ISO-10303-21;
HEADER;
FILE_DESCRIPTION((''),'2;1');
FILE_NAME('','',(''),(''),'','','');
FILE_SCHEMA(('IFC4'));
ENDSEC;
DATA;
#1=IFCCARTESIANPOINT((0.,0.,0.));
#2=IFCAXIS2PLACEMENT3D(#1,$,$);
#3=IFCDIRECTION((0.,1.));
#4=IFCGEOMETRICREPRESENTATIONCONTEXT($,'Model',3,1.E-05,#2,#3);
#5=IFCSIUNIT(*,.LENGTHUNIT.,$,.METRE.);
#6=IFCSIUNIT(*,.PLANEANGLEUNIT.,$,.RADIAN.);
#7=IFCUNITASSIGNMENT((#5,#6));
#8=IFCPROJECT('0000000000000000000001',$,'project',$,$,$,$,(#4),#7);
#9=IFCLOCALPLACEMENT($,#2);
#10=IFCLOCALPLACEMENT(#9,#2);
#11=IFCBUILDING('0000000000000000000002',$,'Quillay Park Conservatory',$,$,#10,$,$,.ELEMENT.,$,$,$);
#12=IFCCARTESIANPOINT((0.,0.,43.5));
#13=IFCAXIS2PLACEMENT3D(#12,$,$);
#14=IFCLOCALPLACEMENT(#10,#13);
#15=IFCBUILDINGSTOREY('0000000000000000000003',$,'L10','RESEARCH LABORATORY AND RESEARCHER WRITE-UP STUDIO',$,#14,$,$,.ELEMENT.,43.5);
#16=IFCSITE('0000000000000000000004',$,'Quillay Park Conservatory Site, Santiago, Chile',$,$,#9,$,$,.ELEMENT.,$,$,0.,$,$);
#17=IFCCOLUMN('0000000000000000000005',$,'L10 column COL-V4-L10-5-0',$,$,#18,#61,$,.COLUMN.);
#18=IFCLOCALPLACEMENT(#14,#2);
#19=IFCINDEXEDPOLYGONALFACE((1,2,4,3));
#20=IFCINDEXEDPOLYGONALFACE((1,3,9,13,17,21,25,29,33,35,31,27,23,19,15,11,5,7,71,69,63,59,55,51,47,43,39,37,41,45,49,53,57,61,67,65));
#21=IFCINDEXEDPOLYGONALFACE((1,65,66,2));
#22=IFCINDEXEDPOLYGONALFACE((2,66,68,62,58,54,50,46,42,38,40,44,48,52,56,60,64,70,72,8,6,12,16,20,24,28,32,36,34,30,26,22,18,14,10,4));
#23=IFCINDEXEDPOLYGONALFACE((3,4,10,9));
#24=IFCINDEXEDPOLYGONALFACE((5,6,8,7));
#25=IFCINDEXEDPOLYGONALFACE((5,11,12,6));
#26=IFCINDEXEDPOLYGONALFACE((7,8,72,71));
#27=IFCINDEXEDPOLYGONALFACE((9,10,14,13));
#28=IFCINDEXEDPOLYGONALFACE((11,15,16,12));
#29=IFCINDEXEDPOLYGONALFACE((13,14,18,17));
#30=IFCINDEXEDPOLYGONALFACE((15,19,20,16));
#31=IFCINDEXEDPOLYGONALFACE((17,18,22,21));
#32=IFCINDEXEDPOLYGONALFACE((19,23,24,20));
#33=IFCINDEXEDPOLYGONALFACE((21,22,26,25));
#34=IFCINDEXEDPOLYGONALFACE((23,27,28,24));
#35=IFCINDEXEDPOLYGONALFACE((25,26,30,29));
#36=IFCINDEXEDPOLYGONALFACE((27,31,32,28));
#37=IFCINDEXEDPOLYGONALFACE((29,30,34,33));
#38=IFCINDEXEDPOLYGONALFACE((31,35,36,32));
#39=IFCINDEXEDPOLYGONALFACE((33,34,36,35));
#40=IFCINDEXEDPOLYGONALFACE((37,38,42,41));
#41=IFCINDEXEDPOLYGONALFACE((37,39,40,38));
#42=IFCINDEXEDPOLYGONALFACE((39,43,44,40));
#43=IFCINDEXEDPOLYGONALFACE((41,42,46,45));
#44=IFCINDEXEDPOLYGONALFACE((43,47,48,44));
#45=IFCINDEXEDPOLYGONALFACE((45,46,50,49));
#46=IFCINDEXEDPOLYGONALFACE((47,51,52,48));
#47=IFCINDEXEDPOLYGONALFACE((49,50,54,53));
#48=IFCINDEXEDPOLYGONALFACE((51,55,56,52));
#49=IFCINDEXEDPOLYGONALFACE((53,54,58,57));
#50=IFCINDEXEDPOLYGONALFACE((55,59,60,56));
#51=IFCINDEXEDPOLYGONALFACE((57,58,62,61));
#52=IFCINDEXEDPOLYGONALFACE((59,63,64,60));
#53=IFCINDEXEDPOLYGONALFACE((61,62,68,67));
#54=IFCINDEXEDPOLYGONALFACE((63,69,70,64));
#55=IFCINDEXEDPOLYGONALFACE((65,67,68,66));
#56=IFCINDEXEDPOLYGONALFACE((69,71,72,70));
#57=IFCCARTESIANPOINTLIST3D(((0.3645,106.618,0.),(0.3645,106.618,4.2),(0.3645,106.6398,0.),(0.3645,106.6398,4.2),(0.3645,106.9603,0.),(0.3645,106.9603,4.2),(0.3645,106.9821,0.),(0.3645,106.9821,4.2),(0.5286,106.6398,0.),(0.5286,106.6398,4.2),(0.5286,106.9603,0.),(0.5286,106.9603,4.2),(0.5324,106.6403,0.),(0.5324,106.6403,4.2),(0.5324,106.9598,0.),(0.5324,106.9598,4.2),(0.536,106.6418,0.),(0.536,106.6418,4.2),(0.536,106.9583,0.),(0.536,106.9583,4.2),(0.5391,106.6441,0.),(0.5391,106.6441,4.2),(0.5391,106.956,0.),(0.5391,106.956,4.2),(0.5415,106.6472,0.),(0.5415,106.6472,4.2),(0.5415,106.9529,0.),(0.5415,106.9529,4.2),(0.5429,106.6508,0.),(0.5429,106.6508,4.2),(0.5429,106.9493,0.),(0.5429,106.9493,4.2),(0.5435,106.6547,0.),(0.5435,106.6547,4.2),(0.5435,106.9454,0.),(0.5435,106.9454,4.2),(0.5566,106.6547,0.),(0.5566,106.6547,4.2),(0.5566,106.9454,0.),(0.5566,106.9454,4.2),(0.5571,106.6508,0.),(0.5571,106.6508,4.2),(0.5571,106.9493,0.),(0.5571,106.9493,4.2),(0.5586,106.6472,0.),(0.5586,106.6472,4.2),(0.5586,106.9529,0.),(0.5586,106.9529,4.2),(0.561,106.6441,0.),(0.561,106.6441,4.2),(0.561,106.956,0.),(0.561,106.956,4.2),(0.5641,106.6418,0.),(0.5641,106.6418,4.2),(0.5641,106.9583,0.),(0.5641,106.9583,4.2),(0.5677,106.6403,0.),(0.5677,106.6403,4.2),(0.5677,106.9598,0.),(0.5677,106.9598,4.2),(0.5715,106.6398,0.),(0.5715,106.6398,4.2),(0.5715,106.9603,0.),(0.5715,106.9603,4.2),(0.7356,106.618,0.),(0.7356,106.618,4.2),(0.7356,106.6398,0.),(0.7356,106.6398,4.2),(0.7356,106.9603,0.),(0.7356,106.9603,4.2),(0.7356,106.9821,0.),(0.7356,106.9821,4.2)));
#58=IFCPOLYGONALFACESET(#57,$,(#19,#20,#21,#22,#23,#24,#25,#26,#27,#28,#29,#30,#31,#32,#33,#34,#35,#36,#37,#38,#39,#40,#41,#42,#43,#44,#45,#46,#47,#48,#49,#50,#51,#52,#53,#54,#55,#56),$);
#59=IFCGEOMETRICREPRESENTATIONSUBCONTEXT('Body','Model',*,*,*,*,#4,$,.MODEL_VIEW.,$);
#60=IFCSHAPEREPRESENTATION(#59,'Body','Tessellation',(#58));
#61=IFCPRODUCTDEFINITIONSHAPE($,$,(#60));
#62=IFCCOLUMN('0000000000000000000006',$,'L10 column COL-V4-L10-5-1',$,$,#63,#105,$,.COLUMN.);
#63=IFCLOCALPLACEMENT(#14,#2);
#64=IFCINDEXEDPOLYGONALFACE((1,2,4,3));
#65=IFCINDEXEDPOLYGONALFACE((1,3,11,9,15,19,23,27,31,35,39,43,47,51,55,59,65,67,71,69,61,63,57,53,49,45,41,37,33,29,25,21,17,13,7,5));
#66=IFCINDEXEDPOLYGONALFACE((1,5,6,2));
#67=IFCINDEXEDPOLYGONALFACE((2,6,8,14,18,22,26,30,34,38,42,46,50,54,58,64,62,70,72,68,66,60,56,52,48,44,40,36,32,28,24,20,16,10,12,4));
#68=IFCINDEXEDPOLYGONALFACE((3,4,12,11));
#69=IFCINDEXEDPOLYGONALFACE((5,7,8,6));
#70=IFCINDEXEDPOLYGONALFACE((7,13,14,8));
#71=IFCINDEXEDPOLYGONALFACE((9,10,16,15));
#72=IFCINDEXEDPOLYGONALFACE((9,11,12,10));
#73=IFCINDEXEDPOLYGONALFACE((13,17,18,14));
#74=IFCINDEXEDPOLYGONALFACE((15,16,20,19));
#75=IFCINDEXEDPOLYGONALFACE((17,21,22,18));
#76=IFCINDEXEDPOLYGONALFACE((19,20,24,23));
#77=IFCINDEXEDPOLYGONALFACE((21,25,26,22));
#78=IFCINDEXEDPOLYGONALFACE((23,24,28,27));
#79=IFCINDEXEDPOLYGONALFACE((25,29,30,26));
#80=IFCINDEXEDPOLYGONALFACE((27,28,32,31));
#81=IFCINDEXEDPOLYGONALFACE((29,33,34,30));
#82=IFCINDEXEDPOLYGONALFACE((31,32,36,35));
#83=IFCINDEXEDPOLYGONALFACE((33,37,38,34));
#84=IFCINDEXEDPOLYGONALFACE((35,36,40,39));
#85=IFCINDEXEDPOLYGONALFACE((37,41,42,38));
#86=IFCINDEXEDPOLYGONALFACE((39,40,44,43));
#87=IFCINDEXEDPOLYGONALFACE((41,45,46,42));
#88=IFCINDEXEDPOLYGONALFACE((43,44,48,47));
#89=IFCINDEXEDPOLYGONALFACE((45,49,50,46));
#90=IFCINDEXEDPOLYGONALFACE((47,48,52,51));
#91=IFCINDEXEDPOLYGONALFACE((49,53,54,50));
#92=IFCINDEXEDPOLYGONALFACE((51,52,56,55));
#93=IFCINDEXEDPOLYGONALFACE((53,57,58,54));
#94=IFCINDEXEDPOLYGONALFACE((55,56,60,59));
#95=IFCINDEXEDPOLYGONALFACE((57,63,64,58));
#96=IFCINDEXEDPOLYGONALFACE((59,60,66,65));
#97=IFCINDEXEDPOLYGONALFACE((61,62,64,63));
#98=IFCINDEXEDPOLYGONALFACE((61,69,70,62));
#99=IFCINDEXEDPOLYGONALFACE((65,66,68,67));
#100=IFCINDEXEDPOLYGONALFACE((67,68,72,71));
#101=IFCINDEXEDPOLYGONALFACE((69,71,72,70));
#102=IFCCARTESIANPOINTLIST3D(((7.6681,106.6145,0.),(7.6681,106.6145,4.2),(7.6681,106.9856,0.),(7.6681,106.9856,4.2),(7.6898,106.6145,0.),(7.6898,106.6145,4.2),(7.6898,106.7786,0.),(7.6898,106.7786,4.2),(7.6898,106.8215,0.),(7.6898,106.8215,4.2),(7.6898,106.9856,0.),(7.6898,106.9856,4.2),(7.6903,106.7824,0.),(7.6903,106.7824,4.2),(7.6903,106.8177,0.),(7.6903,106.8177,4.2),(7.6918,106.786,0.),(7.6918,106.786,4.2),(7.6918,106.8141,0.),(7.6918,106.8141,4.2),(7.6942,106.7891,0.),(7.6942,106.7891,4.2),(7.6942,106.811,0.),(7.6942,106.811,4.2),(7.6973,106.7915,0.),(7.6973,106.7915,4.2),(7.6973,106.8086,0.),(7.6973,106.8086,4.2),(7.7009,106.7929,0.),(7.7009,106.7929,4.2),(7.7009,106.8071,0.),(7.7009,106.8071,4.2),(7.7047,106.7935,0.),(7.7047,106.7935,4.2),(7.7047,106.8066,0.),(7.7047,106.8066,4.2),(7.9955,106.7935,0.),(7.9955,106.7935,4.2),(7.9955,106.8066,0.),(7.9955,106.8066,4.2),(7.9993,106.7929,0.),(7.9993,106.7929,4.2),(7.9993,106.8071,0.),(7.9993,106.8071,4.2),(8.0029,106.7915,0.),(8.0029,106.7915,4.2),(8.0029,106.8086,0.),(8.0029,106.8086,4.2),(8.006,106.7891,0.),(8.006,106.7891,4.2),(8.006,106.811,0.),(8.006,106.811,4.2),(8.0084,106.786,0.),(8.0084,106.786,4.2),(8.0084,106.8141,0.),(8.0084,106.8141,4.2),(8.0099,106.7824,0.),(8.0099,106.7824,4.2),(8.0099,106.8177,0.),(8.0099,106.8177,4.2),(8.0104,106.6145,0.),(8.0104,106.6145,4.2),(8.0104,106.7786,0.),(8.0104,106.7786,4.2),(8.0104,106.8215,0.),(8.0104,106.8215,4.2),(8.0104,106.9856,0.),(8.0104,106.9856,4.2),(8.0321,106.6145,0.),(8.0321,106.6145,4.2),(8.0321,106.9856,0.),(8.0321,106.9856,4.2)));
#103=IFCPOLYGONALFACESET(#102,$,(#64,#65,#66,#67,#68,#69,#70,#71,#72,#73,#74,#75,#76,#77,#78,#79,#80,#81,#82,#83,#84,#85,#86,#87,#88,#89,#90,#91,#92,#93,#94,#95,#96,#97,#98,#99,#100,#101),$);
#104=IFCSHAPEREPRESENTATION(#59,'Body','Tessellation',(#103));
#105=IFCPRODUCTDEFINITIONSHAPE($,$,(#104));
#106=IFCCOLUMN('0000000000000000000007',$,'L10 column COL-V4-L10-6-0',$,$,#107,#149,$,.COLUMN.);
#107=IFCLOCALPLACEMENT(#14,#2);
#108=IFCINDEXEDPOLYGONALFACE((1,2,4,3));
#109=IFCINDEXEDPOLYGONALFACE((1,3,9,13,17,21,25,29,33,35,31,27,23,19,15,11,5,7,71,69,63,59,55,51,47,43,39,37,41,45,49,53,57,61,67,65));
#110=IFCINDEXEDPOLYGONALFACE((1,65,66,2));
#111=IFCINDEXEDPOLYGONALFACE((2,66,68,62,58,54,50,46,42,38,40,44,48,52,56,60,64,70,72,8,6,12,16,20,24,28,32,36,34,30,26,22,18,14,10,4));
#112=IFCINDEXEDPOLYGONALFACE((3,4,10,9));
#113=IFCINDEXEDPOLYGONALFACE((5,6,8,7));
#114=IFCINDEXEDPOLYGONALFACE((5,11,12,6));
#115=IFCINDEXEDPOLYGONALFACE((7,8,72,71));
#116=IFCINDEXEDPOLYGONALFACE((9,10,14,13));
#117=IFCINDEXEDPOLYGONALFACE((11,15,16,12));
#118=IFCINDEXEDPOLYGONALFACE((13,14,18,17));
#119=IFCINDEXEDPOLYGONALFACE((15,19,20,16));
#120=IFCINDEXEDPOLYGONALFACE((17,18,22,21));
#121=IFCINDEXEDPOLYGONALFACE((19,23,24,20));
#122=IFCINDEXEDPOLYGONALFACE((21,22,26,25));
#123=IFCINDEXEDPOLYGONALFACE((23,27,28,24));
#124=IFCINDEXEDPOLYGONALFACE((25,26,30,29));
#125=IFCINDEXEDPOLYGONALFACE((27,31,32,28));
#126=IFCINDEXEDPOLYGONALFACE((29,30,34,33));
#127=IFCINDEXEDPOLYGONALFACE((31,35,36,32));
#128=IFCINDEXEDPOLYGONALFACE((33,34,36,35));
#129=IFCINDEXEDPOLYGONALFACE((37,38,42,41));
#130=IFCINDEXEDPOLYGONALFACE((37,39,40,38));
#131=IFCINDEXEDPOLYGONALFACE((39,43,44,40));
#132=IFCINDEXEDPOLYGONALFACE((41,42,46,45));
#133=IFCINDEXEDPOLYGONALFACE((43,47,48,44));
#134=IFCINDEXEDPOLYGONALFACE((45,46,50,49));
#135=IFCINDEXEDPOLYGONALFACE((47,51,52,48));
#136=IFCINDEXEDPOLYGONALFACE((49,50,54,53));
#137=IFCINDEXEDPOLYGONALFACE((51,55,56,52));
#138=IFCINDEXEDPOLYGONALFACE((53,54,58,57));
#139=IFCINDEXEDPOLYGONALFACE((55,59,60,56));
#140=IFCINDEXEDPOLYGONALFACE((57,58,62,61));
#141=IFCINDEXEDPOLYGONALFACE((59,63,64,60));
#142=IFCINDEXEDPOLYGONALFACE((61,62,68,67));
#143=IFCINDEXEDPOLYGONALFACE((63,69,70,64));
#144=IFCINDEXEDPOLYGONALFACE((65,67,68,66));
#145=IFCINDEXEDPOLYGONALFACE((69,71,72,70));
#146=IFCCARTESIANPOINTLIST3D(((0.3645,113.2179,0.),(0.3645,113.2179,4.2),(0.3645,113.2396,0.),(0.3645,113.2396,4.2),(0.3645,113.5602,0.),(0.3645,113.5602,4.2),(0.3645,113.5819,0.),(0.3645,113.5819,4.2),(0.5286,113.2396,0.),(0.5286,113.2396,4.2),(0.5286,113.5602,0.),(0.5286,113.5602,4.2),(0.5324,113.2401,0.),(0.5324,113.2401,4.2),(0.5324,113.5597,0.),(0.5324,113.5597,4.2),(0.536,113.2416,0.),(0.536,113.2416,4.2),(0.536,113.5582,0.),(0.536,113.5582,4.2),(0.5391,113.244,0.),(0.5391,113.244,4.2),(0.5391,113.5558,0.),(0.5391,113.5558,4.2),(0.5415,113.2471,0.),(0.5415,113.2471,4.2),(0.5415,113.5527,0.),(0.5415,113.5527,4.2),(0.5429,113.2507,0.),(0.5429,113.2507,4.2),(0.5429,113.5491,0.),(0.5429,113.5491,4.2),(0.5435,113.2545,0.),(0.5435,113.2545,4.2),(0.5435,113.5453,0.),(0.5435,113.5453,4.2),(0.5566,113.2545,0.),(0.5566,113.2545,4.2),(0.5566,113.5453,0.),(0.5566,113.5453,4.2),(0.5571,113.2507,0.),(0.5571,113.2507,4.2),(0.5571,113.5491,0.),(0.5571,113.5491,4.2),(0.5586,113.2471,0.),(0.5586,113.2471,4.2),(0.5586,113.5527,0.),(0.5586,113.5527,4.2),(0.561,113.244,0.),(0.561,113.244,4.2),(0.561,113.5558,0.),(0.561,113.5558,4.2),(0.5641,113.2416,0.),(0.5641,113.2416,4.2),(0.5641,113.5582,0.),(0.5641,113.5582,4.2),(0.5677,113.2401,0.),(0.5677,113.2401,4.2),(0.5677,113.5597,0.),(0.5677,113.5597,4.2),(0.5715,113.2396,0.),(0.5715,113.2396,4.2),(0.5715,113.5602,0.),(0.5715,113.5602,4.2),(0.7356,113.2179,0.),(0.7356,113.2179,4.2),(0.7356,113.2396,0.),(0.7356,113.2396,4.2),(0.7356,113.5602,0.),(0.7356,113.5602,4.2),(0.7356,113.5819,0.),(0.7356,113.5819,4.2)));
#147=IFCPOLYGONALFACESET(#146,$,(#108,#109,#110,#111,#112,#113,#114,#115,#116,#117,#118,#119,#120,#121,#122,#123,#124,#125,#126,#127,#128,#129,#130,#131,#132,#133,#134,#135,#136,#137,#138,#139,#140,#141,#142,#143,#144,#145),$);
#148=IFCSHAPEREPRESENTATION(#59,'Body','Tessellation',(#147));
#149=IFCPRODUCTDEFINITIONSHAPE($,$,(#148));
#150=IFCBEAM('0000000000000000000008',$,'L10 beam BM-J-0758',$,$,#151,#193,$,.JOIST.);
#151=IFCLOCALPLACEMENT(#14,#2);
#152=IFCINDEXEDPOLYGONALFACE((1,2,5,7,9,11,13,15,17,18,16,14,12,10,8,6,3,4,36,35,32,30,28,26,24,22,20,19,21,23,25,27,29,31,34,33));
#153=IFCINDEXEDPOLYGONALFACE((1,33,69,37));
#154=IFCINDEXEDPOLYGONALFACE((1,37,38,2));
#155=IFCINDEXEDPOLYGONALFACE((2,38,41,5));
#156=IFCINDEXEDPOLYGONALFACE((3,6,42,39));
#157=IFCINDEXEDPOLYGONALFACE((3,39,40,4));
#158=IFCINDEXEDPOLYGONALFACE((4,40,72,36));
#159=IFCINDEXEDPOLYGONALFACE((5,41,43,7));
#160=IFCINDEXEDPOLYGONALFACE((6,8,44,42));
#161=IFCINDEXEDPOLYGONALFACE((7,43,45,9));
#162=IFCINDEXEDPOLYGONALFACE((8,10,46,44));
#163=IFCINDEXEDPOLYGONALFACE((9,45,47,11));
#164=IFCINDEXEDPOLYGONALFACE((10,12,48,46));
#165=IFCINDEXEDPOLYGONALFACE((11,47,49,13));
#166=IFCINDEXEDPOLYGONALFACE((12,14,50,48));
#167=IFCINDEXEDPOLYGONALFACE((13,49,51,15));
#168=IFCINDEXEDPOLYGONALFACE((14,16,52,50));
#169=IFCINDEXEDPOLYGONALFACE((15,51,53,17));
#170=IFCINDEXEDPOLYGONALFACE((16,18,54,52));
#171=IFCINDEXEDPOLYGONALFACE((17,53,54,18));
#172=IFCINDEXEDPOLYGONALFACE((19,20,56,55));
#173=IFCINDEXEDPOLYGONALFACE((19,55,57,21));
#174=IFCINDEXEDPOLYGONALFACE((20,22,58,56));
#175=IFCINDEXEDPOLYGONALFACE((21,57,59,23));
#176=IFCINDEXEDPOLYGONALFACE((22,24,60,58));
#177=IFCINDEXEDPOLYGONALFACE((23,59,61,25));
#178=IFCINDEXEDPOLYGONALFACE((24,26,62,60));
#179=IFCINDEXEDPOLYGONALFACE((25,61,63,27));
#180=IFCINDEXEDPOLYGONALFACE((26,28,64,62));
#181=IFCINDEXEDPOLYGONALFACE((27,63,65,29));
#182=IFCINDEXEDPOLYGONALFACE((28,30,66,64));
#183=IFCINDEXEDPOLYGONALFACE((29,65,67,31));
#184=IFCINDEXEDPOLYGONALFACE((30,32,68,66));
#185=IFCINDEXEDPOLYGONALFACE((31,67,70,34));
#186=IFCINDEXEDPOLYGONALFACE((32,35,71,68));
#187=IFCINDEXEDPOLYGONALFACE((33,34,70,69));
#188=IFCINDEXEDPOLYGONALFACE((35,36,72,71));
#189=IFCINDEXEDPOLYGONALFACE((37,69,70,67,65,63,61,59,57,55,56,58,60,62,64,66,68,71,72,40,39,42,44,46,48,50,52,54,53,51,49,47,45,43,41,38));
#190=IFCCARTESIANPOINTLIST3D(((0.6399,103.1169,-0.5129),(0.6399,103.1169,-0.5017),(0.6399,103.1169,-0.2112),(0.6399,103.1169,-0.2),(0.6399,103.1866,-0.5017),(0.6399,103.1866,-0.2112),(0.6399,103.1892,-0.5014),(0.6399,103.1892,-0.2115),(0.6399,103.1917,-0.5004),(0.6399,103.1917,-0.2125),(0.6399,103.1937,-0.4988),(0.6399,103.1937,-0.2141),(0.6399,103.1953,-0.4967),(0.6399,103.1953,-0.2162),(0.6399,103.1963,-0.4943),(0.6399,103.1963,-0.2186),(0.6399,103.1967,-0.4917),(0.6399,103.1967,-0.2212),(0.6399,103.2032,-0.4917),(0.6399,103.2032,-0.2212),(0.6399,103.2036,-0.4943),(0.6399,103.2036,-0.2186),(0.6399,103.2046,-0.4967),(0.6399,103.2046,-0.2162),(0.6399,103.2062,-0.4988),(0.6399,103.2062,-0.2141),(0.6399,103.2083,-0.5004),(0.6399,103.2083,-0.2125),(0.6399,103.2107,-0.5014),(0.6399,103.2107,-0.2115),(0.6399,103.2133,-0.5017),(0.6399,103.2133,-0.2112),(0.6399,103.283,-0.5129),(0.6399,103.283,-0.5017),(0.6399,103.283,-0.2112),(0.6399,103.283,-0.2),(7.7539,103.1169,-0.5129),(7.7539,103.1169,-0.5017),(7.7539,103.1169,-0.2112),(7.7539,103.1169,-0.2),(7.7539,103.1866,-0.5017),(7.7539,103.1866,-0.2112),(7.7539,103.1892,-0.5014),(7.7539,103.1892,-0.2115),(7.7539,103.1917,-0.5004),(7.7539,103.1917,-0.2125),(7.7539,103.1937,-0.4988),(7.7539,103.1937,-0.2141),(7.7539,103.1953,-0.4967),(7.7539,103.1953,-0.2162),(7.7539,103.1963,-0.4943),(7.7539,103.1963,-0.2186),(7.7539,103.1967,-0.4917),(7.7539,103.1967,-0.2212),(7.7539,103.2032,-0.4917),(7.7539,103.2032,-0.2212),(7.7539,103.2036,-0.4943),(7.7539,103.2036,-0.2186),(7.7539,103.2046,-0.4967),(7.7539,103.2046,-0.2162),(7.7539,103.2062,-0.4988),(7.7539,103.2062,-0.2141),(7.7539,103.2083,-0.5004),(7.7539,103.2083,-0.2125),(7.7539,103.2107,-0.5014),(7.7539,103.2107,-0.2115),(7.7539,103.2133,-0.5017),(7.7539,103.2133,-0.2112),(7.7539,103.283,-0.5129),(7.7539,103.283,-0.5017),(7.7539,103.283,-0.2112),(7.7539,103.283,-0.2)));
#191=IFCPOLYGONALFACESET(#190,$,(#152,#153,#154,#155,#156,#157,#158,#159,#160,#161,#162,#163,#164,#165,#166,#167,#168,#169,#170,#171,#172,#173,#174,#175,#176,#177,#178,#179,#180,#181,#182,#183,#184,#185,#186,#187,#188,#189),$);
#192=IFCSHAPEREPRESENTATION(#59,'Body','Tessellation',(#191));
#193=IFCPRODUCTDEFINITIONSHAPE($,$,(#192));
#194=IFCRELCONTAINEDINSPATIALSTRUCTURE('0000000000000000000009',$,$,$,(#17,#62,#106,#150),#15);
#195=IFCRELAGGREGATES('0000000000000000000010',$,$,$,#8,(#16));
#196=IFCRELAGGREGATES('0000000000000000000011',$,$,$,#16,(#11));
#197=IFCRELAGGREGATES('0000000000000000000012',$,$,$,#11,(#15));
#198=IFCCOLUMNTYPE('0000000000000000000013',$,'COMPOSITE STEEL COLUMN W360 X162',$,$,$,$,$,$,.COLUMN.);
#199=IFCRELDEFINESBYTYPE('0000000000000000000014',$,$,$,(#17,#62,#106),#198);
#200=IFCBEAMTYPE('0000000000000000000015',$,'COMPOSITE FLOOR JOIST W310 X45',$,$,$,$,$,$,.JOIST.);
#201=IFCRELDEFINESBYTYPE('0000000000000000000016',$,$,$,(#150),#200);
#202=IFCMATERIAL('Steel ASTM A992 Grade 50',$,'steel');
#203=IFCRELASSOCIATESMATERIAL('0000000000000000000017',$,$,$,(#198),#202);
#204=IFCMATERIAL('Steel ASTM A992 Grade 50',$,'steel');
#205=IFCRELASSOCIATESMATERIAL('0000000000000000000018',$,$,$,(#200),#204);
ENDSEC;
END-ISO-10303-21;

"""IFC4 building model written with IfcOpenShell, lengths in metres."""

from ifc_helpers import new_model, si_unit, direction, frame, origin, origin_2d, place, context, subcontext, project, spatial, i_section, extrude, material, material_profile, profile_set, type_object, element, save


model = new_model("IFC4")

# Units and contexts
model_context = context("Model", 3, precision=1e-05, world=origin(), true_north=direction((0.0, 1.0)))
body_context = subcontext(model_context, "Body", "Model", "MODEL_VIEW")
ifc_project = project(units=[si_unit("LENGTHUNIT", "METRE"), si_unit("PLANEANGLEUNIT", "RADIAN")], contexts=[model_context])

# Site, building, storey
site_placement = place(None, origin())
site = spatial("IfcSite", under=ifc_project, at=site_placement, Name="Quillay Park Conservatory Site, Santiago, Chile", CompositionType="ELEMENT", RefElevation=0.0)
building_placement = place(site_placement, origin())
building = spatial("IfcBuilding", under=site, at=building_placement, Name="Quillay Park Conservatory", CompositionType="ELEMENT")
storey_placement = place(building_placement, frame((0.0, 0.0, 43.5)))
storey = spatial("IfcBuildingStorey", under=building, at=storey_placement, Name="L10", Description="RESEARCH LABORATORY AND RESEARCHER WRITE-UP STUDIO", CompositionType="ELEMENT", Elevation=43.5)

# Columns
ifc_material_1 = material(Name="Steel ASTM A992 Grade 50", Category="steel")
ifc_material_profile_1 = material_profile(ifc_material_1, i_section(OverallWidth=0.3711, OverallDepth=0.364, WebThickness=0.0132, FlangeThickness=0.0217, FilletRadius=0.0149, at=origin_2d()), Name="W360x162")
ifc_profile_set_1 = profile_set([ifc_material_profile_1], Name="Steel ASTM A992 Grade 50")
column_type = type_object("IfcColumnType", Name="COMPOSITE STEEL COLUMN W360 X162", PredefinedType="COLUMN", material=ifc_profile_set_1)
for number, where, z_axis, x_axis, name in (
    (1, (0.55, 106.8, 0.0), (0.0, 0.0, 1.0), (1.0, 0.0, 0.0), "L10 column COL-V4-L10-5-0"),
    (2, (7.8501, 106.8, 0.0), (0.0, 0.0, 1.0), (0.0, 1.0, 0.0), "L10 column COL-V4-L10-5-1"),
    (3, (0.55, 113.3999, 0.0), (0.0, 0.0, 1.0), (1.0, 0.0, 0.0), "L10 column COL-V4-L10-6-0"),
):
    element("IfcColumn", number, at=place(storey_placement, frame(where, z_axis=z_axis, x_axis=x_axis)), inside=storey, type_object=column_type, Name=name, PredefinedType="COLUMN", context=body_context, shape_type="SweptSolid", body=[
        extrude(i_section(OverallWidth=0.3711, OverallDepth=0.364, WebThickness=0.0132, FlangeThickness=0.0217, FilletRadius=0.0149, at=origin_2d()), origin(), (0.0, 0.0, 1.0), 4.2),
    ])

# Beam
ifc_material_2 = material(Name="Steel ASTM A992 Grade 50", Category="steel")
ifc_material_profile_2 = material_profile(ifc_material_2, i_section(OverallWidth=0.166, OverallDepth=0.313, WebThickness=0.0066, FlangeThickness=0.0112, FilletRadius=0.01, at=origin_2d()), Name="W310x45")
ifc_profile_set_2 = profile_set([ifc_material_profile_2], Name="Steel ASTM A992 Grade 50")
beam_type_1 = type_object("IfcBeamType", Name="COMPOSITE FLOOR JOIST W310 X45", PredefinedType="JOIST", material=ifc_profile_set_2)
beam_1_placement = place(storey_placement, frame((0.6399, 103.2, -0.3564), z_axis=(1.0, 0.0, 0.0), x_axis=(0.0, 1.0, 0.0)))
element("IfcBeam", 4, at=beam_1_placement, inside=storey, type_object=beam_type_1, Name="L10 beam BM-J-0758", PredefinedType="JOIST", context=body_context, shape_type="SweptSolid", body=[
    extrude(i_section(OverallWidth=0.166, OverallDepth=0.313, WebThickness=0.0066, FlangeThickness=0.0112, FilletRadius=0.01, at=origin_2d()), origin(), (0.0, 0.0, 1.0), 7.114),
])

save(model, "model.ifc")
